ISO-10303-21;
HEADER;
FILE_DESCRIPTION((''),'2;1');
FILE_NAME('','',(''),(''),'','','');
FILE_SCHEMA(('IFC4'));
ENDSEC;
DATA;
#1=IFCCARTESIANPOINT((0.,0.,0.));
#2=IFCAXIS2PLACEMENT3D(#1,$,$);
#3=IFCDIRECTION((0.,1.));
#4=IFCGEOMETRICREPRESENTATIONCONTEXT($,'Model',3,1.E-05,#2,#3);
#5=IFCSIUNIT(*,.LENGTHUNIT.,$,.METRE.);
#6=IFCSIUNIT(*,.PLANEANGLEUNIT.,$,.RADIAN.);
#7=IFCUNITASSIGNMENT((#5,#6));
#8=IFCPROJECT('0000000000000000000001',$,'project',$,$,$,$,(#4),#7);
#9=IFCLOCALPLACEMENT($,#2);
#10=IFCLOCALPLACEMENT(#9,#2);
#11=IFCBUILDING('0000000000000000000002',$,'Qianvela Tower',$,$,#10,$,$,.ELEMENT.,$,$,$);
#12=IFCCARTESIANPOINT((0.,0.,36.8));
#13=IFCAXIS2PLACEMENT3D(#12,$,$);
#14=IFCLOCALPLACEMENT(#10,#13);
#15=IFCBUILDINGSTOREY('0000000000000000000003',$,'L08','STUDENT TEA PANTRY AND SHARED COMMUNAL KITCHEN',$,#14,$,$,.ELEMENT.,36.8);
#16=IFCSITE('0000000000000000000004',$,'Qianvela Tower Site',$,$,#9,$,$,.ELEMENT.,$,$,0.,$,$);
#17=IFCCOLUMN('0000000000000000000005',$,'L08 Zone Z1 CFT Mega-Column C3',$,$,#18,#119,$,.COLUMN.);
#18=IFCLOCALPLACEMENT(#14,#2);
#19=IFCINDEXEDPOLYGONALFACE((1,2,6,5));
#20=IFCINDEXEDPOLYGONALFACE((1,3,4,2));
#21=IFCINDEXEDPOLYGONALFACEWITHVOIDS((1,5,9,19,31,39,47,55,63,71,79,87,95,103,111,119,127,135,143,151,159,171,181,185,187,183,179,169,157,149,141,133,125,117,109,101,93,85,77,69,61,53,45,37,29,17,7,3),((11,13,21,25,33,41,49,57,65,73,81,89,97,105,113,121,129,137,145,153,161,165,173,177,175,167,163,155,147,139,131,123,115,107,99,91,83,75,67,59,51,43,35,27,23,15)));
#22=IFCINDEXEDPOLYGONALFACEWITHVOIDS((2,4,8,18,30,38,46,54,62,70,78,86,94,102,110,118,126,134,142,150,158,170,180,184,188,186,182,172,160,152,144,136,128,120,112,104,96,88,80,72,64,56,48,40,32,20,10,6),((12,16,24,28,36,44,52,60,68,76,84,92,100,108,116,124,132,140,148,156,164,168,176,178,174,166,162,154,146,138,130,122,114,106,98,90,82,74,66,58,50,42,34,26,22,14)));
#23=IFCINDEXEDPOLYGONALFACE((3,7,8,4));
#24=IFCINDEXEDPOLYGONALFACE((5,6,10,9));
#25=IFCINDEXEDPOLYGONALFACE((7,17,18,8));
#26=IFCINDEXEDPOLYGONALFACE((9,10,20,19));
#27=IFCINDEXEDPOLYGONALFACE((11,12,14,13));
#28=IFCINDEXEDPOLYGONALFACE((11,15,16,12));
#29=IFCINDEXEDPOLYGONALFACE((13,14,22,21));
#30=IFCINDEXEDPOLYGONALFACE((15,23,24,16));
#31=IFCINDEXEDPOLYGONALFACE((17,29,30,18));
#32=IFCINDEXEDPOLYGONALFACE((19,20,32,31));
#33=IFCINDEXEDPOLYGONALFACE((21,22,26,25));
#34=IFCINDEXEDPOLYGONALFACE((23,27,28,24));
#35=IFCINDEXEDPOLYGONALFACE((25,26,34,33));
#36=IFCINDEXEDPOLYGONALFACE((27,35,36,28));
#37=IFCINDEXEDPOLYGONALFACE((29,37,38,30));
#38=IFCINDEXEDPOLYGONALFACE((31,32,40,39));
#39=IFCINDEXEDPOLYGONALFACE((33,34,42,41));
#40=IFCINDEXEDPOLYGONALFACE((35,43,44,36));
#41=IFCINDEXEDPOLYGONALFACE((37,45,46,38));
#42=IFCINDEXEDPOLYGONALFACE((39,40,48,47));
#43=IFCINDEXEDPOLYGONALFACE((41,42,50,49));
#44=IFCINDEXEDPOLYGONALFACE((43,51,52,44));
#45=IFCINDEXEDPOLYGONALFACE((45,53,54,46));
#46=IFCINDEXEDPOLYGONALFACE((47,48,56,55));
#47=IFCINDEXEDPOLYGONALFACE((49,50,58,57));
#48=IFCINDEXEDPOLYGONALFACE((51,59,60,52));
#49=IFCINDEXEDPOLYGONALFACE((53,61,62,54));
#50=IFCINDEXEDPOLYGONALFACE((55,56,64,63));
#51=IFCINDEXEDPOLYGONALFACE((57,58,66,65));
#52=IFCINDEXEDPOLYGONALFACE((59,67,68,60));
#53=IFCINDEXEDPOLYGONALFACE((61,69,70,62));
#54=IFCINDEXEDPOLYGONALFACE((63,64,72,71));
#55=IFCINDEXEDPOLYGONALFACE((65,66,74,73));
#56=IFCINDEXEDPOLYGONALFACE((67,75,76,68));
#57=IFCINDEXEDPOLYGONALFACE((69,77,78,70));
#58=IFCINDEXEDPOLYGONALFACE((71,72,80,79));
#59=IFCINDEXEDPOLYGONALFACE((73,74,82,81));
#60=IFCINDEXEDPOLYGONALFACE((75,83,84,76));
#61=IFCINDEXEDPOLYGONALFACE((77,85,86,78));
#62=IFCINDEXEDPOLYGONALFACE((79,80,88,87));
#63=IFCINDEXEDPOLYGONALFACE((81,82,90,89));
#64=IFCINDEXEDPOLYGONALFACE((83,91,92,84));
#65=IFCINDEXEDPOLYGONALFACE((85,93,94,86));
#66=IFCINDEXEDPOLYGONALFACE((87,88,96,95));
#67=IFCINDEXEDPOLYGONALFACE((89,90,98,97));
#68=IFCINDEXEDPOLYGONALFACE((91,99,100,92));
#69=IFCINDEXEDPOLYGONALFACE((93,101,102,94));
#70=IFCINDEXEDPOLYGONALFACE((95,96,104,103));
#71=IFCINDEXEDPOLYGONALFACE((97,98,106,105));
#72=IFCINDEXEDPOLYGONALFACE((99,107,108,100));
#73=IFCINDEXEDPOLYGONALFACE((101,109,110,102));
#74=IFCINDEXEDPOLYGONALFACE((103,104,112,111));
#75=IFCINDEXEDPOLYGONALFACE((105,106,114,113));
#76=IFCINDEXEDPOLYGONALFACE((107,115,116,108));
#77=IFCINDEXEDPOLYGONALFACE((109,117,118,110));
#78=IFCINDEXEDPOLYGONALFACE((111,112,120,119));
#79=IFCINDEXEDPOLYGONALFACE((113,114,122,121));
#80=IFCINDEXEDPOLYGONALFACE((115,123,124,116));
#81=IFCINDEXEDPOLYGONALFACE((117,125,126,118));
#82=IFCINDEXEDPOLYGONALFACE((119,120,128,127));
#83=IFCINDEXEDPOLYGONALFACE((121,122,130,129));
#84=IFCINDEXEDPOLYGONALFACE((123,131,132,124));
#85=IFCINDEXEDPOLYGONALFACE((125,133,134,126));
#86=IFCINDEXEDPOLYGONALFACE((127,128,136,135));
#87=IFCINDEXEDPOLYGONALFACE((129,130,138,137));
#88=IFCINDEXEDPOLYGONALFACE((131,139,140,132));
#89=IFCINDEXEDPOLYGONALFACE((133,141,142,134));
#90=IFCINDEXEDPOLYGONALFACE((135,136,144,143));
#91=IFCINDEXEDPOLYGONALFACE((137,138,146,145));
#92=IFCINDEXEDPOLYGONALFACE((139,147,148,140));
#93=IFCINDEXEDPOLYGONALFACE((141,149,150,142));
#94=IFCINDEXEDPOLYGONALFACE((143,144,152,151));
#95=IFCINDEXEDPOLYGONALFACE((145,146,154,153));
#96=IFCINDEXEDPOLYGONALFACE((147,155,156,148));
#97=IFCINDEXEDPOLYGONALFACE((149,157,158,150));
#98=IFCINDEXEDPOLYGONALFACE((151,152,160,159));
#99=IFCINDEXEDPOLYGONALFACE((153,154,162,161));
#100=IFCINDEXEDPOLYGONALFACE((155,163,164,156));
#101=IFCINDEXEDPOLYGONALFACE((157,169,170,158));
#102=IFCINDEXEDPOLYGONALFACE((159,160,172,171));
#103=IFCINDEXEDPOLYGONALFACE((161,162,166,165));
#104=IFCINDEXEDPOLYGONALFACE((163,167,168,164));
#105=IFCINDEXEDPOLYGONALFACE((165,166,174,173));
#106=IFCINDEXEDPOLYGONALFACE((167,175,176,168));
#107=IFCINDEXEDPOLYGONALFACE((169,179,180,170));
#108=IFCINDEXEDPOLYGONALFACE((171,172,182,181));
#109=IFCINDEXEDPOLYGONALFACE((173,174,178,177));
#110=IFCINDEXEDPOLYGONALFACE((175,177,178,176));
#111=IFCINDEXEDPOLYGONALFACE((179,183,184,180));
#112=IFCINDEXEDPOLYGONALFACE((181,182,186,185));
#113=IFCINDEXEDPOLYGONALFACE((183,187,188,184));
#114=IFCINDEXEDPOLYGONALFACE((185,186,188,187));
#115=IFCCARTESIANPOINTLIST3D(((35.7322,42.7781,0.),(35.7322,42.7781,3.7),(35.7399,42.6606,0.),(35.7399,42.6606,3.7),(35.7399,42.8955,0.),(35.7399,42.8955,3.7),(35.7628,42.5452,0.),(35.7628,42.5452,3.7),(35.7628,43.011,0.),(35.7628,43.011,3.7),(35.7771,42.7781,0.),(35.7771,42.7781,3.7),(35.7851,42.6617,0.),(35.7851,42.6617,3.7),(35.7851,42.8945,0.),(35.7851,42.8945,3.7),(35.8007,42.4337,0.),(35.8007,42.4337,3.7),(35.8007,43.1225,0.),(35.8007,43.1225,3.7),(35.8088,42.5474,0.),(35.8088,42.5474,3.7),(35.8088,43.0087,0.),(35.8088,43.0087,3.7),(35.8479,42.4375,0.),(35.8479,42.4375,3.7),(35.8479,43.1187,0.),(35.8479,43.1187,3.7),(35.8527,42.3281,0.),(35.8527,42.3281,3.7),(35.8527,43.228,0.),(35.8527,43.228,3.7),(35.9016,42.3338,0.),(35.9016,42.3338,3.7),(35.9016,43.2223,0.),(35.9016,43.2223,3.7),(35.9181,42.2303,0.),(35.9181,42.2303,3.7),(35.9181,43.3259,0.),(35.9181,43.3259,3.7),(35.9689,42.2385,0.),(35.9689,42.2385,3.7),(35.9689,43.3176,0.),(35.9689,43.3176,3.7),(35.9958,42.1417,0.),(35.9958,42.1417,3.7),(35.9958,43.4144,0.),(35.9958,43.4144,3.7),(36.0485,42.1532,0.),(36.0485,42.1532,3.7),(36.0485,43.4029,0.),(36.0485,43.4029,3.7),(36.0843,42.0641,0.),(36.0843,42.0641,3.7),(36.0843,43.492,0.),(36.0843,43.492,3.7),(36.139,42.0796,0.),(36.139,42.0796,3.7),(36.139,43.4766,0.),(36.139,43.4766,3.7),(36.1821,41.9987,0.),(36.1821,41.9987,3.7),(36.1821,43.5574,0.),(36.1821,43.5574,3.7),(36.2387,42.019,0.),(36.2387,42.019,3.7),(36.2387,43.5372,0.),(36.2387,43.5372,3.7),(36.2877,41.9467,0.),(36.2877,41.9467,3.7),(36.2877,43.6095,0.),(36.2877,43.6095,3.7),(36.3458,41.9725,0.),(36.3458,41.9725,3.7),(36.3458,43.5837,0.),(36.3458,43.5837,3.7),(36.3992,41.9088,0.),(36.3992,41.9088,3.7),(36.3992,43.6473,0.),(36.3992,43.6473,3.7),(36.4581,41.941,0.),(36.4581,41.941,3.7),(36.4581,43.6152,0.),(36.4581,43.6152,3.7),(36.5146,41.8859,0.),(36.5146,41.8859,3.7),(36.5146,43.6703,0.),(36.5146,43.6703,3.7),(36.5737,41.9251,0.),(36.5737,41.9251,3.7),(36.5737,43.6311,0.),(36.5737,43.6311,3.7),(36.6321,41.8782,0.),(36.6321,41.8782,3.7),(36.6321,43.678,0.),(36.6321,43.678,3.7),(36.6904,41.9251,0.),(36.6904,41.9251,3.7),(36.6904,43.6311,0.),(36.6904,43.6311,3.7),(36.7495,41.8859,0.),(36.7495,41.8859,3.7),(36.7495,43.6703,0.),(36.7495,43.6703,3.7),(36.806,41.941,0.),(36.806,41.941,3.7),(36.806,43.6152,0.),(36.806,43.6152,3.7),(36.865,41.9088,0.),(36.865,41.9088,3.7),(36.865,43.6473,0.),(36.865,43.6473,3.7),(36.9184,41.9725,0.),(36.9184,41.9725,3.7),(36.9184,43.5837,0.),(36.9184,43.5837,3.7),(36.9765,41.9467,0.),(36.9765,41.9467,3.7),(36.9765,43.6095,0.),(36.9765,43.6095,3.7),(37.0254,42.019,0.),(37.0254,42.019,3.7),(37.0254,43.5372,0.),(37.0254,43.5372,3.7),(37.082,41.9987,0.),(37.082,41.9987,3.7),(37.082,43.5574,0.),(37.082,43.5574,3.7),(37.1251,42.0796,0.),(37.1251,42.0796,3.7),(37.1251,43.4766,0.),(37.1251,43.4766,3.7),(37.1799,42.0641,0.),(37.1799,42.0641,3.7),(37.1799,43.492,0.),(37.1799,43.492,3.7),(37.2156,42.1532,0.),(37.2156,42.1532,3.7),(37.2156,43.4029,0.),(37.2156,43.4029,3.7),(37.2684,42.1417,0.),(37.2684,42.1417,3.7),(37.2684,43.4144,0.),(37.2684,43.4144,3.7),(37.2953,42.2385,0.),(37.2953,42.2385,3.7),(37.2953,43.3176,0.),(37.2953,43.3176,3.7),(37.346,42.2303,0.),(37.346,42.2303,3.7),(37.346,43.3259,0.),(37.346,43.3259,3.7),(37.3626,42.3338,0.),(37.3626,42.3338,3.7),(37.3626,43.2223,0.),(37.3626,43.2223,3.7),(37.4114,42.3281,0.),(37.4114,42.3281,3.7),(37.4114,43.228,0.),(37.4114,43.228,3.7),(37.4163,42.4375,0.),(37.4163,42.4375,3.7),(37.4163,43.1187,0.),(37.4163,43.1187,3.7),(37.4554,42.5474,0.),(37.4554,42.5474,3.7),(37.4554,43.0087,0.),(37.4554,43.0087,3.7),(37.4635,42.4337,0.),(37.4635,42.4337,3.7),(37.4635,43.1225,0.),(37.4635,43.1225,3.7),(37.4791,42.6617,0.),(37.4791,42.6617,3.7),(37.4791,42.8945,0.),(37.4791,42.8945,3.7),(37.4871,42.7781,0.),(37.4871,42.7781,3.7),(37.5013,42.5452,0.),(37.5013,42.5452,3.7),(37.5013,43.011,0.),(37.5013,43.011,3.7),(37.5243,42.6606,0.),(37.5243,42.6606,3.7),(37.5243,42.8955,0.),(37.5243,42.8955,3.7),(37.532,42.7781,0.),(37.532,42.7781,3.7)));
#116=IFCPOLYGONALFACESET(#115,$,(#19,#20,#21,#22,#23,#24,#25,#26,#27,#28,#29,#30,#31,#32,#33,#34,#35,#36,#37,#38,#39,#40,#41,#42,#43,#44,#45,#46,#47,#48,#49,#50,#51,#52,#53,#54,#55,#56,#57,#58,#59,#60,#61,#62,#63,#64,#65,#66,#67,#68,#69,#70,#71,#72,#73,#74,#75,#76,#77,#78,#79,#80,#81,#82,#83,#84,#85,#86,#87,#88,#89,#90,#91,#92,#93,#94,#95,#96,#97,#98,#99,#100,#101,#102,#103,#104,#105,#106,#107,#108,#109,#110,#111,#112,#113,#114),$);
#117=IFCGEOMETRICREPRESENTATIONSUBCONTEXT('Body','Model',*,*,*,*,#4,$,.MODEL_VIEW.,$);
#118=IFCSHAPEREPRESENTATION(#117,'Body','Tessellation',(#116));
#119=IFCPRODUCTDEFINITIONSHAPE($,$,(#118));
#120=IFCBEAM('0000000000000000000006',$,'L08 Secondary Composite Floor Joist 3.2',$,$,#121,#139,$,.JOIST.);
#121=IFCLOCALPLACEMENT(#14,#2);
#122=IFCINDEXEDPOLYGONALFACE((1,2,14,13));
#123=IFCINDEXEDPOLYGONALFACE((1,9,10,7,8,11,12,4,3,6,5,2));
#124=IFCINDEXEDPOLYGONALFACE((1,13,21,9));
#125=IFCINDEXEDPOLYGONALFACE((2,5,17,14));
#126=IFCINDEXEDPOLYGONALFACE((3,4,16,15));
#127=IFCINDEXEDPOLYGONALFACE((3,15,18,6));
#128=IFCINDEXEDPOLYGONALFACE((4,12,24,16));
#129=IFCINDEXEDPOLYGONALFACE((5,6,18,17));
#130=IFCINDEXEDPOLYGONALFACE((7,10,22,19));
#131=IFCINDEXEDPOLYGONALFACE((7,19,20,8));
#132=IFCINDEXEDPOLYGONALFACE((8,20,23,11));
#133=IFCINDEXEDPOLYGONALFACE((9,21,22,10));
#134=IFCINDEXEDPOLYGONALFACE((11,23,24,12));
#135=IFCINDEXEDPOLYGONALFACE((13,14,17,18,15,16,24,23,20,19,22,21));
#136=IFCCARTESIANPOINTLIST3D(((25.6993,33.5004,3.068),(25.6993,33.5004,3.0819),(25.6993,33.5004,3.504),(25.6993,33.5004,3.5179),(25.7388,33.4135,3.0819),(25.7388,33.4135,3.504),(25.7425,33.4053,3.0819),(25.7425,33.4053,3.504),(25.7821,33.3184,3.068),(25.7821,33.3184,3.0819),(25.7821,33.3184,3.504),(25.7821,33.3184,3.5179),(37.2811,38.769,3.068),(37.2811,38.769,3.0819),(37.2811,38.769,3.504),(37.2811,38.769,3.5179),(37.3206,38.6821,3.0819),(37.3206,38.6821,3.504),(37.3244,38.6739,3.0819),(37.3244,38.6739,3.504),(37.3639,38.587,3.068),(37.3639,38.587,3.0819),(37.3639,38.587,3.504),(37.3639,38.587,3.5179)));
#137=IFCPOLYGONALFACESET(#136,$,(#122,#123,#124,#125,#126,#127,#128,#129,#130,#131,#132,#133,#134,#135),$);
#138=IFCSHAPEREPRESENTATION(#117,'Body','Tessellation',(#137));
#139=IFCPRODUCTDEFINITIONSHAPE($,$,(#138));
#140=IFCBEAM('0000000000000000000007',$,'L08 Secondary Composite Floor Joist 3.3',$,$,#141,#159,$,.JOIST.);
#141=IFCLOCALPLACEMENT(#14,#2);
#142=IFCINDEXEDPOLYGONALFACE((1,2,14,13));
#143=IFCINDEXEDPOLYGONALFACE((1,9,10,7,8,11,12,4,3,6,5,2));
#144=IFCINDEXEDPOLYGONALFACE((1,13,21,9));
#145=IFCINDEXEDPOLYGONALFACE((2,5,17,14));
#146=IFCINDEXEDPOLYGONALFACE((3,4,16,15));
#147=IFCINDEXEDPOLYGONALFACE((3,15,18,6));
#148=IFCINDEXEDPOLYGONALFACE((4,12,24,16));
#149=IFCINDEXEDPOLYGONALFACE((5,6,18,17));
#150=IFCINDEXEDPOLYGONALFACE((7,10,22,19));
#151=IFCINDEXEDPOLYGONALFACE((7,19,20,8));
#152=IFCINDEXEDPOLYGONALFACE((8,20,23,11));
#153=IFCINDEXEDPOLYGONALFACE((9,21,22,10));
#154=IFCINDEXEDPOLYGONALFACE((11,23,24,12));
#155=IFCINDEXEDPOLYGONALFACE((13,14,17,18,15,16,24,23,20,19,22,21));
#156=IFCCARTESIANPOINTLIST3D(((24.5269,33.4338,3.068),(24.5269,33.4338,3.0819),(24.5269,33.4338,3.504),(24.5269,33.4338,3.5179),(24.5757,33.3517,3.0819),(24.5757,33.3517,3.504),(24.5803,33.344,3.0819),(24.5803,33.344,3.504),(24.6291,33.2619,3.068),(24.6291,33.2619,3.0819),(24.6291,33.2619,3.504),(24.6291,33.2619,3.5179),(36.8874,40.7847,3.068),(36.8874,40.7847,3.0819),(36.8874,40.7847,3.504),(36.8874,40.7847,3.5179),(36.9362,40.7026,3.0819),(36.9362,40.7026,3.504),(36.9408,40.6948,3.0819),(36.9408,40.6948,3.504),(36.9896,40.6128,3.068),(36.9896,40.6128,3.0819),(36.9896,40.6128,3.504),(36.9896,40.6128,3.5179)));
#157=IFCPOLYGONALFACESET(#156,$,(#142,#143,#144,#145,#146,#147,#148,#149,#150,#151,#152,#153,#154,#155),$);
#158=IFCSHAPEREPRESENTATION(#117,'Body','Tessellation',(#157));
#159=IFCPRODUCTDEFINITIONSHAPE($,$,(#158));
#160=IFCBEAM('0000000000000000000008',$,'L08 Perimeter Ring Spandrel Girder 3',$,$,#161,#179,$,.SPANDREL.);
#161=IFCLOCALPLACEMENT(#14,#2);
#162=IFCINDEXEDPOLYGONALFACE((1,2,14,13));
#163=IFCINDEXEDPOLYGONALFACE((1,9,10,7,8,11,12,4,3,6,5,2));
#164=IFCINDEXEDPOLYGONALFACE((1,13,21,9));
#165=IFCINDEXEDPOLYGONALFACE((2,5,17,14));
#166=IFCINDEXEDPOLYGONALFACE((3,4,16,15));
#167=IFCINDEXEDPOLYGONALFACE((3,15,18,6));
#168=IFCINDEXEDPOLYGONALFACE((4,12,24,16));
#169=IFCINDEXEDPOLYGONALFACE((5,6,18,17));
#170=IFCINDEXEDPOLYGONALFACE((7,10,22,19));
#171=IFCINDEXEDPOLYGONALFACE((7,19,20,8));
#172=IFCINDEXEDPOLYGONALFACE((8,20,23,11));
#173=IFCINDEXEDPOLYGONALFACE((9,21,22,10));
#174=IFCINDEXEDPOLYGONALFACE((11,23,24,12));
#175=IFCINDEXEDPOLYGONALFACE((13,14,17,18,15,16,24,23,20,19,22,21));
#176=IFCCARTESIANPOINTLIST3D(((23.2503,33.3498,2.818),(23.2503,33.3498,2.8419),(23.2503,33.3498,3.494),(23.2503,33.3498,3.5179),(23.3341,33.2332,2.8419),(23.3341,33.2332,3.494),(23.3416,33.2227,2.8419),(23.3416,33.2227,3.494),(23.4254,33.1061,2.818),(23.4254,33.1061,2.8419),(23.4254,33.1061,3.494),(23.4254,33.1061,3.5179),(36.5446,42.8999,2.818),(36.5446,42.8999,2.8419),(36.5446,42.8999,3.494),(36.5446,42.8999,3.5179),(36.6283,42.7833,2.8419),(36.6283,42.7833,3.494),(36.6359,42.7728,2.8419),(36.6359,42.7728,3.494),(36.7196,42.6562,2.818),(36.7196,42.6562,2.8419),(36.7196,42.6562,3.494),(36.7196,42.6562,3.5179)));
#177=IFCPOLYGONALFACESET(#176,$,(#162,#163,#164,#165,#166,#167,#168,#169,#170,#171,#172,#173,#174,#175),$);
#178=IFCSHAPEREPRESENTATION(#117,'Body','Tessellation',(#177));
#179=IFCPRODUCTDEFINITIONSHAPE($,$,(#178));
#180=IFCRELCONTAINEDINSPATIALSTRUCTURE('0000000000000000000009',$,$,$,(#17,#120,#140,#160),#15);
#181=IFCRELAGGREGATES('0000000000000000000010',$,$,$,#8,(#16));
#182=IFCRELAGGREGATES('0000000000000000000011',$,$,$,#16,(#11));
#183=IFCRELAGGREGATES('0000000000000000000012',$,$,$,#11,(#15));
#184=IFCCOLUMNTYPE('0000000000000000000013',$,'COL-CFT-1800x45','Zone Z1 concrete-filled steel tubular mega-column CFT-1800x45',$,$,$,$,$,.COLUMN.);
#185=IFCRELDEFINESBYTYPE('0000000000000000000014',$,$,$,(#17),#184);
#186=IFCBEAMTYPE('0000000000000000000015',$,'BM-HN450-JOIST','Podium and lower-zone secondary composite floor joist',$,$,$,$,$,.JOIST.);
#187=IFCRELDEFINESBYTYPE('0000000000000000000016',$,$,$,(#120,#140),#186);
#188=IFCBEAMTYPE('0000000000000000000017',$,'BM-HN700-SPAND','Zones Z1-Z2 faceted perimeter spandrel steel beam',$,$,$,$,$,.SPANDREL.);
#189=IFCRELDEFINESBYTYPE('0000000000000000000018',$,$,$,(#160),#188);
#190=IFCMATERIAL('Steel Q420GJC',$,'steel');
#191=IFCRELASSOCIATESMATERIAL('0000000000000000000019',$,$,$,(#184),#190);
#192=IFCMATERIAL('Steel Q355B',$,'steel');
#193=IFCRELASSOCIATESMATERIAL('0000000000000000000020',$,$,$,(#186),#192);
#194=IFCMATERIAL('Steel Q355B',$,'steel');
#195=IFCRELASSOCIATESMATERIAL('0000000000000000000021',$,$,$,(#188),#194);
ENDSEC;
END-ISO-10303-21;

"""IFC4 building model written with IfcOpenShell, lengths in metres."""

from ifc_helpers import new_model, si_unit, direction, frame, origin, origin_2d, place, context, subcontext, project, spatial, hollow_circle, i_section, extrude, material, material_profile, profile_set, type_object, element, save


model = new_model("IFC4")

# Units and contexts
model_context = context("Model", 3, precision=1e-05, world=origin(), true_north=direction((0.0, 1.0)))
body_context = subcontext(model_context, "Body", "Model", "MODEL_VIEW")
ifc_project = project(units=[si_unit("LENGTHUNIT", "METRE"), si_unit("PLANEANGLEUNIT", "RADIAN")], contexts=[model_context])

# Site, building, storey
site_placement = place(None, origin())
site = spatial("IfcSite", under=ifc_project, at=site_placement, Name="Qianvela Tower Site", CompositionType="ELEMENT", RefElevation=0.0)
building_placement = place(site_placement, origin())
building = spatial("IfcBuilding", under=site, at=building_placement, Name="Qianvela Tower", CompositionType="ELEMENT")
storey_placement = place(building_placement, frame((0.0, 0.0, 36.8)))
storey = spatial("IfcBuildingStorey", under=building, at=storey_placement, Name="L08", Description="STUDENT TEA PANTRY AND SHARED COMMUNAL KITCHEN", CompositionType="ELEMENT", Elevation=36.8)

# Column
ifc_material_1 = material(Name="Steel Q420GJC", Category="steel")
ifc_material_profile_1 = material_profile(ifc_material_1, hollow_circle(Radius=0.8999, WallThickness=0.0449, at=origin_2d()), Name="CFT-1800x45")
ifc_profile_set_1 = profile_set([ifc_material_profile_1], Name="Steel Q420GJC")
column_type = type_object("IfcColumnType", Name="COL-CFT-1800x45", Description="Zone Z1 concrete-filled steel tubular mega-column CFT-1800x45", PredefinedType="COLUMN", material=ifc_profile_set_1)
column_placement = place(storey_placement, frame((36.6321, 42.7781, 0.0), z_axis=(0.0, 0.0, 1.0), x_axis=(1.0, 0.0, 0.0)))
element("IfcColumn", 1, at=column_placement, inside=storey, type_object=column_type, Name="L08 Zone Z1 CFT Mega-Column C3", PredefinedType="COLUMN", context=body_context, shape_type="SweptSolid", body=[
    extrude(hollow_circle(Radius=0.8999, WallThickness=0.0449, at=origin_2d()), origin(), (0.0, 0.0, 1.0), 3.7),
])

# Beams
ifc_material_2 = material(Name="Steel Q355B", Category="steel")
ifc_material_profile_2 = material_profile(ifc_material_2, i_section(OverallWidth=0.2, OverallDepth=0.45, WebThickness=0.009, FlangeThickness=0.0139, at=origin_2d()), Name="HN450x200x9x14")
ifc_profile_set_2 = profile_set([ifc_material_profile_2], Name="Steel Q355B")
beam_type_1 = type_object("IfcBeamType", Name="BM-HN450-JOIST", Description="Podium and lower-zone secondary composite floor joist", PredefinedType="JOIST", material=ifc_profile_set_2)
beam_1_placement = place(storey_placement, frame((37.3225, 38.678, 3.293), z_axis=(-0.910245, -0.41407, 0.0), x_axis=(0.41407, -0.910245, 0.0)))
element("IfcBeam", 2, at=beam_1_placement, inside=storey, type_object=beam_type_1, Name="L08 Secondary Composite Floor Joist 3.2", PredefinedType="JOIST", context=body_context, shape_type="SweptSolid", body=[
    extrude(i_section(OverallWidth=0.2, OverallDepth=0.45, WebThickness=0.009, FlangeThickness=0.0139, at=origin_2d()), origin(), (0.0, 0.0, 1.0), 12.7239),
])
beam_2_placement = place(storey_placement, frame((36.9385, 40.6987, 3.293), z_axis=(-0.859492, -0.511149, 0.0), x_axis=(0.511149, -0.859492, 0.0)))
element("IfcBeam", 3, at=beam_2_placement, inside=storey, type_object=beam_type_1, Name="L08 Secondary Composite Floor Joist 3.3", PredefinedType="JOIST", context=body_context, shape_type="SweptSolid", body=[
    extrude(i_section(OverallWidth=0.2, OverallDepth=0.45, WebThickness=0.009, FlangeThickness=0.0139, at=origin_2d()), origin(), (0.0, 0.0, 1.0), 14.3811),
])
ifc_material_3 = material(Name="Steel Q355B", Category="steel")
ifc_material_profile_3 = material_profile(ifc_material_3, i_section(OverallWidth=0.3, OverallDepth=0.7, WebThickness=0.0129, FlangeThickness=0.0239, at=origin_2d()), Name="HN700x300x13x24")
ifc_profile_set_3 = profile_set([ifc_material_profile_3], Name="Steel Q355B")
beam_type_2 = type_object("IfcBeamType", Name="BM-HN700-SPAND", Description="Zones Z1-Z2 faceted perimeter spandrel steel beam", PredefinedType="SPANDREL", material=ifc_profile_set_3)
beam_3_placement = place(storey_placement, frame((36.6321, 42.7781, 3.168), z_axis=(-0.812164, -0.583429, 0.0), x_axis=(0.583429, -0.812164, 0.0)))
element("IfcBeam", 4, at=beam_3_placement, inside=storey, type_object=beam_type_2, Name="L08 Perimeter Ring Spandrel Girder 3", PredefinedType="SPANDREL", context=body_context, shape_type="SweptSolid", body=[
    extrude(i_section(OverallWidth=0.3, OverallDepth=0.7, WebThickness=0.0129, FlangeThickness=0.0239, at=origin_2d()), origin(), (0.0, 0.0, 1.0), 16.3689),
])

save(model, "model.ifc")
